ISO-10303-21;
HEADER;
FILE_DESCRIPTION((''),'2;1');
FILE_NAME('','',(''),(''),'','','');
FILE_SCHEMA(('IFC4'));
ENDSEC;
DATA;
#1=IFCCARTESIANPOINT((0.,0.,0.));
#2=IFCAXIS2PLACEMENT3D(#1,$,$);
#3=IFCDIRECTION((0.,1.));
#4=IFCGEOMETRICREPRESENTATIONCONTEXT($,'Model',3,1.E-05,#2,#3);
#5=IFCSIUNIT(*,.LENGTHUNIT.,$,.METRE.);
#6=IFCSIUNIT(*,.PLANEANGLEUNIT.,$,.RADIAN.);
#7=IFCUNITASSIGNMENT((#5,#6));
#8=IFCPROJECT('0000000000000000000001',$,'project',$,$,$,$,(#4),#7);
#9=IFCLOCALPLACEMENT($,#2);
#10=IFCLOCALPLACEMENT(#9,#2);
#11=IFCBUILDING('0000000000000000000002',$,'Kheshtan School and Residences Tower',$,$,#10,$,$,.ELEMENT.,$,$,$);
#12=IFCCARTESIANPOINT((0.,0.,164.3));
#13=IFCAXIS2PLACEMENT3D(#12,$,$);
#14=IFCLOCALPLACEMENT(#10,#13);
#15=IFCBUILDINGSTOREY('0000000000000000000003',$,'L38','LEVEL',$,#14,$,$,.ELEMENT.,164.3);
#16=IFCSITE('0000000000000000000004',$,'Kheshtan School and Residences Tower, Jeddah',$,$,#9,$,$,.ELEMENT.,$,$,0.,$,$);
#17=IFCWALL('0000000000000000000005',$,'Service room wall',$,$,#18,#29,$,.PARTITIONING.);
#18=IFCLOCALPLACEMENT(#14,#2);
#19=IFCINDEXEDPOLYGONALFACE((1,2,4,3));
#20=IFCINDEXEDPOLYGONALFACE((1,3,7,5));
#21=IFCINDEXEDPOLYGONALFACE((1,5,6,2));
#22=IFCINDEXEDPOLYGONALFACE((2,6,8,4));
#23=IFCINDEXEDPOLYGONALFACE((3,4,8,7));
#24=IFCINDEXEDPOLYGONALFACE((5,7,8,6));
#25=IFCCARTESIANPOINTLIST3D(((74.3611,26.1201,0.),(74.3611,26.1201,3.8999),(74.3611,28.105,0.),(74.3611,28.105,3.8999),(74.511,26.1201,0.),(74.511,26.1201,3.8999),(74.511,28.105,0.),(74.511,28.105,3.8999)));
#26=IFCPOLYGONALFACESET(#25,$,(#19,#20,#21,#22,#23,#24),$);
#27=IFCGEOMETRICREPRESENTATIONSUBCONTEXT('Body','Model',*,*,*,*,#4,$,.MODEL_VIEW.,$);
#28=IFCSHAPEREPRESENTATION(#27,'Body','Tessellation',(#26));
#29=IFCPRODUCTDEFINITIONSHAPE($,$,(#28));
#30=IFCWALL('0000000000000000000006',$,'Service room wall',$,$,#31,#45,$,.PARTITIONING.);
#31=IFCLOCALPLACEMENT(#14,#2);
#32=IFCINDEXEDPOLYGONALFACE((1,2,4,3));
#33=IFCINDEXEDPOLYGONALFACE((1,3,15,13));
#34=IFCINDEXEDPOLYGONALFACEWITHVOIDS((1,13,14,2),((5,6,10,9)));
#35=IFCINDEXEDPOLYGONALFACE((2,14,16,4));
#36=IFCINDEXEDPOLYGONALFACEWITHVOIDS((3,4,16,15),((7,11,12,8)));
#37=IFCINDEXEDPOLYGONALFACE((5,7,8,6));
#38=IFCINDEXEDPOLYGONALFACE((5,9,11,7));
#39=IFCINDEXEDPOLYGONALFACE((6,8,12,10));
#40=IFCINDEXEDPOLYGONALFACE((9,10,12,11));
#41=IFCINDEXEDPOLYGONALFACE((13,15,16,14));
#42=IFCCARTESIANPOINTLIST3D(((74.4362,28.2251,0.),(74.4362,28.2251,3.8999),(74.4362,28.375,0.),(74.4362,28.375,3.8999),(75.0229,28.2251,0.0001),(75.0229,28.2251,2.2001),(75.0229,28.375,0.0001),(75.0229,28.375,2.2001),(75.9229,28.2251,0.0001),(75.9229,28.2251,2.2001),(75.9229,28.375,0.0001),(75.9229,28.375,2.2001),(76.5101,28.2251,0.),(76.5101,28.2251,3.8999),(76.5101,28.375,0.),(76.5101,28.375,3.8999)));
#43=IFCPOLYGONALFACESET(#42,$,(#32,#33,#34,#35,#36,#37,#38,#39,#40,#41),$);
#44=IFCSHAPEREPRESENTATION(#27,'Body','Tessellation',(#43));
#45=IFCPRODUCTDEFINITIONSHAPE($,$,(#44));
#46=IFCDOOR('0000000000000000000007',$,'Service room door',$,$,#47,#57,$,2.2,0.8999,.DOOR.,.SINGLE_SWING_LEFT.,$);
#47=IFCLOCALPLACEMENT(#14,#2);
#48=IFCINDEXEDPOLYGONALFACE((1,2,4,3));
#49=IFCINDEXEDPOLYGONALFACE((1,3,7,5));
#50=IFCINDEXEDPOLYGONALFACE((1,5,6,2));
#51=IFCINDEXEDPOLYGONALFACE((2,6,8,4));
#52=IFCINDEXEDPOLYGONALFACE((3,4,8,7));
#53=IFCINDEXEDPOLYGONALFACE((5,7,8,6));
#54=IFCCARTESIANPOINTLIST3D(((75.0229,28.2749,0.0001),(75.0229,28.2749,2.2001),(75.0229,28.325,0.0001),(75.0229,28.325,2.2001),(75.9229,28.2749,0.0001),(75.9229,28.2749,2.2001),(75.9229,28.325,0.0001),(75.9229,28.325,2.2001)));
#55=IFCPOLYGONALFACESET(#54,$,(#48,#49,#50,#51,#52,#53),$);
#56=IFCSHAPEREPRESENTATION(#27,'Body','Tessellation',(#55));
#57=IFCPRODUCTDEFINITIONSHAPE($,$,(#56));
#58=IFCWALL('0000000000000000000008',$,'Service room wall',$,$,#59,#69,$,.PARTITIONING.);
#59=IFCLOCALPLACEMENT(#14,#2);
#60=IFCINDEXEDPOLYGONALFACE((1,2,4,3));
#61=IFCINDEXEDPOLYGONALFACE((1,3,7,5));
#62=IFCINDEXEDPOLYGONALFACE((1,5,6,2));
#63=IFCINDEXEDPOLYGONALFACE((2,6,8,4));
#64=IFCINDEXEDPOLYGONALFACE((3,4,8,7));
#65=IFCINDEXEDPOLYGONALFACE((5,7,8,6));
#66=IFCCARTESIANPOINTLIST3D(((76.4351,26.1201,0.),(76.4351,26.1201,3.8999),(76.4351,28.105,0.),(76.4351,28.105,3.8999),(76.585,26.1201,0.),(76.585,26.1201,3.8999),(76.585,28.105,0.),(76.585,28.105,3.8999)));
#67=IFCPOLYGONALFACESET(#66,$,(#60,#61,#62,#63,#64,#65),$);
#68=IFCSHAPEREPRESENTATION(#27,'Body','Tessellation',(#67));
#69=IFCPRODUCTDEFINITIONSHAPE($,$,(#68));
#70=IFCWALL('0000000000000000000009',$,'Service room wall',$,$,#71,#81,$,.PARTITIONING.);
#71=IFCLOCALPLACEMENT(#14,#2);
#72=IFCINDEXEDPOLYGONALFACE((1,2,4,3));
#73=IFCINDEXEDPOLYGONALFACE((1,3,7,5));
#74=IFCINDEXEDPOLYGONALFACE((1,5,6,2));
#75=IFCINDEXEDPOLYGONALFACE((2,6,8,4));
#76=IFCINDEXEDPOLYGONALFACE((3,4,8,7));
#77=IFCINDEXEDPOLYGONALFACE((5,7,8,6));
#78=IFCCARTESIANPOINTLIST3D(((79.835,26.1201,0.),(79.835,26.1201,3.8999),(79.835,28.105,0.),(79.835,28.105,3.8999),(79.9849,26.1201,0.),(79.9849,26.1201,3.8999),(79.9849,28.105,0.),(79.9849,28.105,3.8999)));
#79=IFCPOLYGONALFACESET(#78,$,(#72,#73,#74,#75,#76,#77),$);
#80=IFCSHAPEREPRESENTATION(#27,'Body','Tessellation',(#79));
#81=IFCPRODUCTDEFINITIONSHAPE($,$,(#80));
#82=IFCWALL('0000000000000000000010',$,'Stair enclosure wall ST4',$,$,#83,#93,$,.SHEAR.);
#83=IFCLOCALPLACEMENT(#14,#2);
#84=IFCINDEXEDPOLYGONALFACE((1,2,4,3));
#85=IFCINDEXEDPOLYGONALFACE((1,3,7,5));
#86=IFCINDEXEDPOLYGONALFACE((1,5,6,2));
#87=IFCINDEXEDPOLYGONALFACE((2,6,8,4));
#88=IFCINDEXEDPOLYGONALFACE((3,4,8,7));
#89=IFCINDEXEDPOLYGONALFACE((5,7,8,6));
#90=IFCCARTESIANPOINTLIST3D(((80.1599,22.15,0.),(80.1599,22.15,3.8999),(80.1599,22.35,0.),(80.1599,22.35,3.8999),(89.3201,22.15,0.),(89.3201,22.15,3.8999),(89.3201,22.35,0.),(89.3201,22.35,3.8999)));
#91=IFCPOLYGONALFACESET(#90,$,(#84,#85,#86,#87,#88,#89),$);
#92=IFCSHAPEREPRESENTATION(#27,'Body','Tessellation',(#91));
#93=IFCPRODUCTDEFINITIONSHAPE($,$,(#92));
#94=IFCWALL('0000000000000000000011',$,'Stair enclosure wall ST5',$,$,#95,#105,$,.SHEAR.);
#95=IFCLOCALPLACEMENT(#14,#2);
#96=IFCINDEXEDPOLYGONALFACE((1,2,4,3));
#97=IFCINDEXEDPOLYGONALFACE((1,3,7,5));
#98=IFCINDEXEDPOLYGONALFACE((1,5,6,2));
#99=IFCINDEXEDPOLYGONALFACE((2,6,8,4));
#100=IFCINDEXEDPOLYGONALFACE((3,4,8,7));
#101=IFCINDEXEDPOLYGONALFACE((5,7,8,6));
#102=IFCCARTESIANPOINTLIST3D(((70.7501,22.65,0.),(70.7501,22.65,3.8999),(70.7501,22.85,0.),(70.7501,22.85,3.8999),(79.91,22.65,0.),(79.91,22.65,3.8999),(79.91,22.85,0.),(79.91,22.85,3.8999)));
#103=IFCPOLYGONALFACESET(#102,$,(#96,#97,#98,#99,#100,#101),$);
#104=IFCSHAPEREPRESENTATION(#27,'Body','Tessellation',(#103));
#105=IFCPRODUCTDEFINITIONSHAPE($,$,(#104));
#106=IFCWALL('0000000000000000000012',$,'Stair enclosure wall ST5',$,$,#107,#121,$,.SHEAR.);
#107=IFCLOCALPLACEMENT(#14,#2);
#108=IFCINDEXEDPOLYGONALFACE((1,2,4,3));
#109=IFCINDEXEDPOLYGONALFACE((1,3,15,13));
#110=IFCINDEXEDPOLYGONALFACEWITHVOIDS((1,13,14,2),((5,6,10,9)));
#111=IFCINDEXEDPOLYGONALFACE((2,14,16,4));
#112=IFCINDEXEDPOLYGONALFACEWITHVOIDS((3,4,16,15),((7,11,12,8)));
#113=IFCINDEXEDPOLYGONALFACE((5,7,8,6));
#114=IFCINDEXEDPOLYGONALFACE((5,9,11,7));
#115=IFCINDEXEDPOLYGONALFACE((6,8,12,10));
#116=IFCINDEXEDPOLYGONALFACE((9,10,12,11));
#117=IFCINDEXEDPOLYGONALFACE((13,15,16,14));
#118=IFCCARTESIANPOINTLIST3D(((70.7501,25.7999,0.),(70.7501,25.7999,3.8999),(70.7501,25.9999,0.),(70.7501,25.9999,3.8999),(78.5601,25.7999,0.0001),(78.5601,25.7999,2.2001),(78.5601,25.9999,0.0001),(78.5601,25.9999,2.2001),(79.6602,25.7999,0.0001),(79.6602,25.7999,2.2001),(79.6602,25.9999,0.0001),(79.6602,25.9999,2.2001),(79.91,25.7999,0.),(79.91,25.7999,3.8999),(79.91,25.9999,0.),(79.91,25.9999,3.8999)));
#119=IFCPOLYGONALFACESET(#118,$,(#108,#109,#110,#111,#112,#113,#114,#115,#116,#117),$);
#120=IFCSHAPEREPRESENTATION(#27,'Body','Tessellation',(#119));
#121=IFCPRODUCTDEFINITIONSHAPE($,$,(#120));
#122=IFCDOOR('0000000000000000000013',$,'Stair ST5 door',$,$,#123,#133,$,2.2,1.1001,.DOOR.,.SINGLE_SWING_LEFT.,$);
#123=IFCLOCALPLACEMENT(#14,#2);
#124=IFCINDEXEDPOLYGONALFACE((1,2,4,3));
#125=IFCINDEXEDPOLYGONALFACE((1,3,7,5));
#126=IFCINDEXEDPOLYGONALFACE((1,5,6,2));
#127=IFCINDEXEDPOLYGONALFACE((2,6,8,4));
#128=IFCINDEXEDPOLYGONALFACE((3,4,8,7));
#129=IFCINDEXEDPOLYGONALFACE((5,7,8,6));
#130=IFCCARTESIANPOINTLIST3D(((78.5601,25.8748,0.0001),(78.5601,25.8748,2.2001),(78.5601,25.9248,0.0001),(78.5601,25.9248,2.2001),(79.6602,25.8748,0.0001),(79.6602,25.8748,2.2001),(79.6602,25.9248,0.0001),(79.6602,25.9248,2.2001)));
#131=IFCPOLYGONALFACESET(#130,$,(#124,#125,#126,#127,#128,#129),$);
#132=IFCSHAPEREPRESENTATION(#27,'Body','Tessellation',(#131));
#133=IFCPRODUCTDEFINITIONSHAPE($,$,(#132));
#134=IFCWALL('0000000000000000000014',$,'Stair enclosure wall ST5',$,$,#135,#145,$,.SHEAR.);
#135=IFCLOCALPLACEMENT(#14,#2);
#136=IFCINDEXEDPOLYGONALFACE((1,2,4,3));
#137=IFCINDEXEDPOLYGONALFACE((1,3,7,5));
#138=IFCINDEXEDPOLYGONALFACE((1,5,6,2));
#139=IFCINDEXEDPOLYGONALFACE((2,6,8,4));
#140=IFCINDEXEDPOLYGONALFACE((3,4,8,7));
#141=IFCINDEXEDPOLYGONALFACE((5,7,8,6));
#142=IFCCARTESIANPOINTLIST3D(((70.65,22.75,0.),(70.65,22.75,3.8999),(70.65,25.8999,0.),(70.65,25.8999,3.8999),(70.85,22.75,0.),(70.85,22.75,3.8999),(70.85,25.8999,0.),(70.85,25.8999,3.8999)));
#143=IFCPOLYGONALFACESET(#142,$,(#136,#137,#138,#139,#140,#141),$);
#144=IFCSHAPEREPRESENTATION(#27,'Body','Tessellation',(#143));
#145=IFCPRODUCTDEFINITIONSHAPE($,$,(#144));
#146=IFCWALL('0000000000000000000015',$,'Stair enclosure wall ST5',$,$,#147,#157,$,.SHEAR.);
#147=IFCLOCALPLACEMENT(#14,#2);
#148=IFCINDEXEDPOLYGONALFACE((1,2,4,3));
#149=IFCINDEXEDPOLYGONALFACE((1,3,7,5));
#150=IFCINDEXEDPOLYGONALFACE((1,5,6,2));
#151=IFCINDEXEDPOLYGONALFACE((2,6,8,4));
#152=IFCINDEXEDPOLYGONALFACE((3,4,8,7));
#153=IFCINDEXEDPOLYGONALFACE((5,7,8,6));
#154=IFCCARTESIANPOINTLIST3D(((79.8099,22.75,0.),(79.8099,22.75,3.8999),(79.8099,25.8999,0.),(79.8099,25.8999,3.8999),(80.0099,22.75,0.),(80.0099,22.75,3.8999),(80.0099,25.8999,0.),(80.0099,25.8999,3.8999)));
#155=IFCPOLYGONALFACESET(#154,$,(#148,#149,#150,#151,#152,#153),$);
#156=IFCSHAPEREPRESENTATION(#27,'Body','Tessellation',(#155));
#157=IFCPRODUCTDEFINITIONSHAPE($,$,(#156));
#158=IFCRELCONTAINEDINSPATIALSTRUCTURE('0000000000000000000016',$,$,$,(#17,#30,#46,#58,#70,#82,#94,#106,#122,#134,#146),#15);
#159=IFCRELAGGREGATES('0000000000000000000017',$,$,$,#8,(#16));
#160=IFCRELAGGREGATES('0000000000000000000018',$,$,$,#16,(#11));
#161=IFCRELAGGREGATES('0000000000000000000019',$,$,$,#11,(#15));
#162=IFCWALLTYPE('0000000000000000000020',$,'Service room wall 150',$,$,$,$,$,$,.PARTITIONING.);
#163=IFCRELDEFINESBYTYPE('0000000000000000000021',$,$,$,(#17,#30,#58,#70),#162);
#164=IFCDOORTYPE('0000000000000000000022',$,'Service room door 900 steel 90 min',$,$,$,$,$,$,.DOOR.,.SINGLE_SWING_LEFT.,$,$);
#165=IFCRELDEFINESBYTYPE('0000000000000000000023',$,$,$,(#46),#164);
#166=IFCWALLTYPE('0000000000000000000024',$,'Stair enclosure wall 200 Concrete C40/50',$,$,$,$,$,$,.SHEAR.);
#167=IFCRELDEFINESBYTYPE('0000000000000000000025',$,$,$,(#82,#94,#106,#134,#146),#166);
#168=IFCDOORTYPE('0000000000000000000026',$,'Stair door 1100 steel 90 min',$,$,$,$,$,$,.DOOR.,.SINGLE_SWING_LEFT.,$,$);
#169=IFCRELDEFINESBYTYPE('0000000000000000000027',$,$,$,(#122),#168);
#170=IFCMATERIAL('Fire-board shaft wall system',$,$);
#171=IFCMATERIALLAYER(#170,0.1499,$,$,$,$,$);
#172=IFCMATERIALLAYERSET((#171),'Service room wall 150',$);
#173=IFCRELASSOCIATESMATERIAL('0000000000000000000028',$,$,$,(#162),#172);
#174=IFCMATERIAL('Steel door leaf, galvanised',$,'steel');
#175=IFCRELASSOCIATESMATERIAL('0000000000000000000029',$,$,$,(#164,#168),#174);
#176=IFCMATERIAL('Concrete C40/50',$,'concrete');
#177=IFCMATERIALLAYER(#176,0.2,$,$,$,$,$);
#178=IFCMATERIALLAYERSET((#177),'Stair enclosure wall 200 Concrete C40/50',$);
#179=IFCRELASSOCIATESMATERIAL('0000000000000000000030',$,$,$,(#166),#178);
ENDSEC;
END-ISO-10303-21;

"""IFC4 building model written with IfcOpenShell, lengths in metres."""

from ifc_helpers import new_model, si_unit, direction, frame, frame_2d, origin, place, context, subcontext, project, spatial, rectangle, extrude, source, transform, mapped, material, layer, layer_set, type_object, element, fill, save


model = new_model("IFC4")

# Units and contexts
model_context = context("Model", 3, precision=1e-05, world=origin(), true_north=direction((0.0, 1.0)))
body_context = subcontext(model_context, "Body", "Model", "MODEL_VIEW")
ifc_project = project(units=[si_unit("LENGTHUNIT", "METRE"), si_unit("PLANEANGLEUNIT", "RADIAN")], contexts=[model_context])

# Site, building, storey
site_placement = place(None, origin())
site = spatial("IfcSite", under=ifc_project, at=site_placement, Name="Kheshtan School and Residences Tower, Jeddah", CompositionType="ELEMENT", RefElevation=0.0)
building_placement = place(site_placement, origin())
building = spatial("IfcBuilding", under=site, at=building_placement, Name="Kheshtan School and Residences Tower", CompositionType="ELEMENT")
storey_placement = place(building_placement, frame((0.0, 0.0, 164.3)))
storey = spatial("IfcBuildingStorey", under=building, at=storey_placement, Name="L38", Description="LEVEL", CompositionType="ELEMENT", Elevation=164.3)

# Shared definitions
ifc_material_1 = material(Name="Fire-board shaft wall system")
ifc_layer_1 = layer(ifc_material_1, 0.1499)
ifc_layer_set_1 = layer_set([ifc_layer_1], Name="Service room wall 150")
wall_type_1 = type_object("IfcWallType", Name="Service room wall 150", PredefinedType="PARTITIONING", material=ifc_layer_set_1)

# Shared definitions
ifc_material_2 = material(Name="Steel door leaf, galvanised", Category="steel")
door_type_1 = type_object("IfcDoorType", Name="Service room door 900 steel 90 min", OperationType="SINGLE_SWING_LEFT", PredefinedType="DOOR", material=ifc_material_2)
shared_shape_1 = source(origin(), body_context, "Body", "SweptSolid", [
    extrude(rectangle(XDim=0.8999, YDim=2.2, at=frame_2d((0.45, 1.1001))), frame((0.0, 0.0249, 0.0), z_axis=(0.0, -1.0, 0.0), x_axis=(1.0, 0.0, 0.0)), (0.0, 0.0, 1.0), 0.05),
])

# Wall
wall_1_placement = place(storey_placement, frame((74.436, 26.1201, 0.0), z_axis=(0.0, 0.0, 1.0), x_axis=(0.0, 1.0, 0.0)))
element("IfcWall", 1, at=wall_1_placement, inside=storey, type_object=wall_type_1, Name="Service room wall", PredefinedType="PARTITIONING", context=body_context, shape_type="SweptSolid", body=[
    extrude(rectangle(XDim=1.9849, YDim=0.1499, at=frame_2d((0.9924, 0.0))), origin(), (0.0, 0.0, 1.0), 3.8999),
])

# Wall, opening, door
wall_2_placement = place(storey_placement, frame((74.436, 28.3, 0.0), z_axis=(0.0, 0.0, 1.0), x_axis=(1.0, 0.0, 0.0)))
wall_2 = element("IfcWall", 2, at=wall_2_placement, inside=storey, type_object=wall_type_1, Name="Service room wall", PredefinedType="PARTITIONING", context=body_context, shape_type="SweptSolid", body=[
    extrude(rectangle(XDim=2.074, YDim=0.1499, at=frame_2d((1.0371, 0.0))), origin(), (0.0, 0.0, 1.0), 3.8999),
])
opening_1_placement = place(wall_2_placement, frame((0.5869, 0.0, 0.0)))
opening_1 = element("IfcOpeningElement", 3, at=opening_1_placement, cuts=wall_2, PredefinedType="OPENING", context=body_context, shape_type="SweptSolid", body=[
    extrude(rectangle(XDim=0.8999, YDim=2.2, at=frame_2d((0.45, 1.1001))), frame((0.0, 0.085, 0.0), z_axis=(0.0, -1.0, 0.0), x_axis=(1.0, 0.0, 0.0)), (0.0, 0.0, 1.0), 0.1699),
])
door_1_placement = place(opening_1_placement, origin())
door_1 = element("IfcDoor", 4, at=door_1_placement, inside=storey, type_object=door_type_1, Name="Service room door", OperationType="SINGLE_SWING_LEFT", OverallHeight=2.2, OverallWidth=0.8999, PredefinedType="DOOR", context=body_context, shape_type="MappedRepresentation", body=[
    mapped(shared_shape_1, transform((0.0, 0.0, 0.0), x_axis=(1.0, 0.0, 0.0), y_axis=(0.0, 1.0, 0.0), z_axis=(0.0, 0.0, 1.0), scale=1.0)),
])
fill(opening_1, door_1)

# Walls
for number, where, z_axis, x_axis, name in (
    (5, (76.51, 26.1201, 0.0), (0.0, 0.0, 1.0), (0.0, 1.0, 0.0), "Service room wall"),
    (6, (79.9099, 26.1201, 0.0), (0.0, 0.0, 1.0), (0.0, 1.0, 0.0), "Service room wall"),
):
    element("IfcWall", number, at=place(storey_placement, frame(where, z_axis=z_axis, x_axis=x_axis)), inside=storey, type_object=wall_type_1, Name=name, PredefinedType="PARTITIONING", context=body_context, shape_type="SweptSolid", body=[
        extrude(rectangle(XDim=1.9849, YDim=0.1499, at=frame_2d((0.9924, 0.0))), origin(), (0.0, 0.0, 1.0), 3.8999),
    ])
ifc_material_3 = material(Name="Concrete C40/50", Category="concrete")
ifc_layer_2 = layer(ifc_material_3, 0.2)
ifc_layer_set_2 = layer_set([ifc_layer_2], Name="Stair enclosure wall 200 Concrete C40/50")
wall_type_2 = type_object("IfcWallType", Name="Stair enclosure wall 200 Concrete C40/50", PredefinedType="SHEAR", material=ifc_layer_set_2)
wall_3_placement = place(storey_placement, frame((80.1599, 22.25, 0.0), z_axis=(0.0, 0.0, 1.0), x_axis=(1.0, 0.0, 0.0)))
element("IfcWall", 7, at=wall_3_placement, inside=storey, type_object=wall_type_2, Name="Stair enclosure wall ST4", PredefinedType="SHEAR", context=body_context, shape_type="SweptSolid", body=[
    extrude(rectangle(XDim=9.1602, YDim=0.2, at=frame_2d((4.5801, 0.0))), origin(), (0.0, 0.0, 1.0), 3.8999),
])
wall_4_placement = place(storey_placement, frame((70.75, 22.75, 0.0), z_axis=(0.0, 0.0, 1.0), x_axis=(1.0, 0.0, 0.0)))
element("IfcWall", 8, at=wall_4_placement, inside=storey, type_object=wall_type_2, Name="Stair enclosure wall ST5", PredefinedType="SHEAR", context=body_context, shape_type="SweptSolid", body=[
    extrude(rectangle(XDim=9.1599, YDim=0.2, at=frame_2d((4.5801, 0.0))), origin(), (0.0, 0.0, 1.0), 3.8999),
])

# Wall, opening, door
wall_5_placement = place(storey_placement, frame((70.75, 25.8999, 0.0), z_axis=(0.0, 0.0, 1.0), x_axis=(1.0, 0.0, 0.0)))
wall_5 = element("IfcWall", 9, at=wall_5_placement, inside=storey, type_object=wall_type_2, Name="Stair enclosure wall ST5", PredefinedType="SHEAR", context=body_context, shape_type="SweptSolid", body=[
    extrude(rectangle(XDim=9.1599, YDim=0.2, at=frame_2d((4.5801, 0.0))), origin(), (0.0, 0.0, 1.0), 3.8999),
])
opening_2_placement = place(wall_5_placement, frame((7.8101, 0.0, 0.0)))
opening_2 = element("IfcOpeningElement", 10, at=opening_2_placement, cuts=wall_5, PredefinedType="OPENING", context=body_context, shape_type="SweptSolid", body=[
    extrude(rectangle(XDim=1.1001, YDim=2.2, at=frame_2d((0.55, 1.1001))), frame((0.0, 0.1099, 0.0), z_axis=(0.0, -1.0, 0.0), x_axis=(1.0, 0.0, 0.0)), (0.0, 0.0, 1.0), 0.22),
])
door_type_2 = type_object("IfcDoorType", Name="Stair door 1100 steel 90 min", OperationType="SINGLE_SWING_LEFT", PredefinedType="DOOR", material=ifc_material_2)
shared_shape_2 = source(origin(), body_context, "Body", "SweptSolid", [
    extrude(rectangle(XDim=1.1001, YDim=2.2, at=frame_2d((0.55, 1.1001))), frame((0.0, 0.0249, 0.0), z_axis=(0.0, -1.0, 0.0), x_axis=(1.0, 0.0, 0.0)), (0.0, 0.0, 1.0), 0.05),
])
door_2_placement = place(opening_2_placement, origin())
door_2 = element("IfcDoor", 11, at=door_2_placement, inside=storey, type_object=door_type_2, Name="Stair ST5 door", OperationType="SINGLE_SWING_LEFT", OverallHeight=2.2, OverallWidth=1.1001, PredefinedType="DOOR", context=body_context, shape_type="MappedRepresentation", body=[
    mapped(shared_shape_2, transform((0.0, 0.0, 0.0), x_axis=(1.0, 0.0, 0.0), y_axis=(0.0, 1.0, 0.0), z_axis=(0.0, 0.0, 1.0), scale=1.0)),
])
fill(opening_2, door_2)

# Walls
for number, where, z_axis, x_axis, name in (
    (12, (70.75, 22.75, 0.0), (0.0, 0.0, 1.0), (0.0, 1.0, 0.0), "Stair enclosure wall ST5"),
    (13, (79.9099, 22.75, 0.0), (0.0, 0.0, 1.0), (0.0, 1.0, 0.0), "Stair enclosure wall ST5"),
):
    element("IfcWall", number, at=place(storey_placement, frame(where, z_axis=z_axis, x_axis=x_axis)), inside=storey, type_object=wall_type_2, Name=name, PredefinedType="SHEAR", context=body_context, shape_type="SweptSolid", body=[
        extrude(rectangle(XDim=3.1499, YDim=0.2, at=frame_2d((1.575, 0.0))), origin(), (0.0, 0.0, 1.0), 3.8999),
    ])

save(model, "model.ifc")
